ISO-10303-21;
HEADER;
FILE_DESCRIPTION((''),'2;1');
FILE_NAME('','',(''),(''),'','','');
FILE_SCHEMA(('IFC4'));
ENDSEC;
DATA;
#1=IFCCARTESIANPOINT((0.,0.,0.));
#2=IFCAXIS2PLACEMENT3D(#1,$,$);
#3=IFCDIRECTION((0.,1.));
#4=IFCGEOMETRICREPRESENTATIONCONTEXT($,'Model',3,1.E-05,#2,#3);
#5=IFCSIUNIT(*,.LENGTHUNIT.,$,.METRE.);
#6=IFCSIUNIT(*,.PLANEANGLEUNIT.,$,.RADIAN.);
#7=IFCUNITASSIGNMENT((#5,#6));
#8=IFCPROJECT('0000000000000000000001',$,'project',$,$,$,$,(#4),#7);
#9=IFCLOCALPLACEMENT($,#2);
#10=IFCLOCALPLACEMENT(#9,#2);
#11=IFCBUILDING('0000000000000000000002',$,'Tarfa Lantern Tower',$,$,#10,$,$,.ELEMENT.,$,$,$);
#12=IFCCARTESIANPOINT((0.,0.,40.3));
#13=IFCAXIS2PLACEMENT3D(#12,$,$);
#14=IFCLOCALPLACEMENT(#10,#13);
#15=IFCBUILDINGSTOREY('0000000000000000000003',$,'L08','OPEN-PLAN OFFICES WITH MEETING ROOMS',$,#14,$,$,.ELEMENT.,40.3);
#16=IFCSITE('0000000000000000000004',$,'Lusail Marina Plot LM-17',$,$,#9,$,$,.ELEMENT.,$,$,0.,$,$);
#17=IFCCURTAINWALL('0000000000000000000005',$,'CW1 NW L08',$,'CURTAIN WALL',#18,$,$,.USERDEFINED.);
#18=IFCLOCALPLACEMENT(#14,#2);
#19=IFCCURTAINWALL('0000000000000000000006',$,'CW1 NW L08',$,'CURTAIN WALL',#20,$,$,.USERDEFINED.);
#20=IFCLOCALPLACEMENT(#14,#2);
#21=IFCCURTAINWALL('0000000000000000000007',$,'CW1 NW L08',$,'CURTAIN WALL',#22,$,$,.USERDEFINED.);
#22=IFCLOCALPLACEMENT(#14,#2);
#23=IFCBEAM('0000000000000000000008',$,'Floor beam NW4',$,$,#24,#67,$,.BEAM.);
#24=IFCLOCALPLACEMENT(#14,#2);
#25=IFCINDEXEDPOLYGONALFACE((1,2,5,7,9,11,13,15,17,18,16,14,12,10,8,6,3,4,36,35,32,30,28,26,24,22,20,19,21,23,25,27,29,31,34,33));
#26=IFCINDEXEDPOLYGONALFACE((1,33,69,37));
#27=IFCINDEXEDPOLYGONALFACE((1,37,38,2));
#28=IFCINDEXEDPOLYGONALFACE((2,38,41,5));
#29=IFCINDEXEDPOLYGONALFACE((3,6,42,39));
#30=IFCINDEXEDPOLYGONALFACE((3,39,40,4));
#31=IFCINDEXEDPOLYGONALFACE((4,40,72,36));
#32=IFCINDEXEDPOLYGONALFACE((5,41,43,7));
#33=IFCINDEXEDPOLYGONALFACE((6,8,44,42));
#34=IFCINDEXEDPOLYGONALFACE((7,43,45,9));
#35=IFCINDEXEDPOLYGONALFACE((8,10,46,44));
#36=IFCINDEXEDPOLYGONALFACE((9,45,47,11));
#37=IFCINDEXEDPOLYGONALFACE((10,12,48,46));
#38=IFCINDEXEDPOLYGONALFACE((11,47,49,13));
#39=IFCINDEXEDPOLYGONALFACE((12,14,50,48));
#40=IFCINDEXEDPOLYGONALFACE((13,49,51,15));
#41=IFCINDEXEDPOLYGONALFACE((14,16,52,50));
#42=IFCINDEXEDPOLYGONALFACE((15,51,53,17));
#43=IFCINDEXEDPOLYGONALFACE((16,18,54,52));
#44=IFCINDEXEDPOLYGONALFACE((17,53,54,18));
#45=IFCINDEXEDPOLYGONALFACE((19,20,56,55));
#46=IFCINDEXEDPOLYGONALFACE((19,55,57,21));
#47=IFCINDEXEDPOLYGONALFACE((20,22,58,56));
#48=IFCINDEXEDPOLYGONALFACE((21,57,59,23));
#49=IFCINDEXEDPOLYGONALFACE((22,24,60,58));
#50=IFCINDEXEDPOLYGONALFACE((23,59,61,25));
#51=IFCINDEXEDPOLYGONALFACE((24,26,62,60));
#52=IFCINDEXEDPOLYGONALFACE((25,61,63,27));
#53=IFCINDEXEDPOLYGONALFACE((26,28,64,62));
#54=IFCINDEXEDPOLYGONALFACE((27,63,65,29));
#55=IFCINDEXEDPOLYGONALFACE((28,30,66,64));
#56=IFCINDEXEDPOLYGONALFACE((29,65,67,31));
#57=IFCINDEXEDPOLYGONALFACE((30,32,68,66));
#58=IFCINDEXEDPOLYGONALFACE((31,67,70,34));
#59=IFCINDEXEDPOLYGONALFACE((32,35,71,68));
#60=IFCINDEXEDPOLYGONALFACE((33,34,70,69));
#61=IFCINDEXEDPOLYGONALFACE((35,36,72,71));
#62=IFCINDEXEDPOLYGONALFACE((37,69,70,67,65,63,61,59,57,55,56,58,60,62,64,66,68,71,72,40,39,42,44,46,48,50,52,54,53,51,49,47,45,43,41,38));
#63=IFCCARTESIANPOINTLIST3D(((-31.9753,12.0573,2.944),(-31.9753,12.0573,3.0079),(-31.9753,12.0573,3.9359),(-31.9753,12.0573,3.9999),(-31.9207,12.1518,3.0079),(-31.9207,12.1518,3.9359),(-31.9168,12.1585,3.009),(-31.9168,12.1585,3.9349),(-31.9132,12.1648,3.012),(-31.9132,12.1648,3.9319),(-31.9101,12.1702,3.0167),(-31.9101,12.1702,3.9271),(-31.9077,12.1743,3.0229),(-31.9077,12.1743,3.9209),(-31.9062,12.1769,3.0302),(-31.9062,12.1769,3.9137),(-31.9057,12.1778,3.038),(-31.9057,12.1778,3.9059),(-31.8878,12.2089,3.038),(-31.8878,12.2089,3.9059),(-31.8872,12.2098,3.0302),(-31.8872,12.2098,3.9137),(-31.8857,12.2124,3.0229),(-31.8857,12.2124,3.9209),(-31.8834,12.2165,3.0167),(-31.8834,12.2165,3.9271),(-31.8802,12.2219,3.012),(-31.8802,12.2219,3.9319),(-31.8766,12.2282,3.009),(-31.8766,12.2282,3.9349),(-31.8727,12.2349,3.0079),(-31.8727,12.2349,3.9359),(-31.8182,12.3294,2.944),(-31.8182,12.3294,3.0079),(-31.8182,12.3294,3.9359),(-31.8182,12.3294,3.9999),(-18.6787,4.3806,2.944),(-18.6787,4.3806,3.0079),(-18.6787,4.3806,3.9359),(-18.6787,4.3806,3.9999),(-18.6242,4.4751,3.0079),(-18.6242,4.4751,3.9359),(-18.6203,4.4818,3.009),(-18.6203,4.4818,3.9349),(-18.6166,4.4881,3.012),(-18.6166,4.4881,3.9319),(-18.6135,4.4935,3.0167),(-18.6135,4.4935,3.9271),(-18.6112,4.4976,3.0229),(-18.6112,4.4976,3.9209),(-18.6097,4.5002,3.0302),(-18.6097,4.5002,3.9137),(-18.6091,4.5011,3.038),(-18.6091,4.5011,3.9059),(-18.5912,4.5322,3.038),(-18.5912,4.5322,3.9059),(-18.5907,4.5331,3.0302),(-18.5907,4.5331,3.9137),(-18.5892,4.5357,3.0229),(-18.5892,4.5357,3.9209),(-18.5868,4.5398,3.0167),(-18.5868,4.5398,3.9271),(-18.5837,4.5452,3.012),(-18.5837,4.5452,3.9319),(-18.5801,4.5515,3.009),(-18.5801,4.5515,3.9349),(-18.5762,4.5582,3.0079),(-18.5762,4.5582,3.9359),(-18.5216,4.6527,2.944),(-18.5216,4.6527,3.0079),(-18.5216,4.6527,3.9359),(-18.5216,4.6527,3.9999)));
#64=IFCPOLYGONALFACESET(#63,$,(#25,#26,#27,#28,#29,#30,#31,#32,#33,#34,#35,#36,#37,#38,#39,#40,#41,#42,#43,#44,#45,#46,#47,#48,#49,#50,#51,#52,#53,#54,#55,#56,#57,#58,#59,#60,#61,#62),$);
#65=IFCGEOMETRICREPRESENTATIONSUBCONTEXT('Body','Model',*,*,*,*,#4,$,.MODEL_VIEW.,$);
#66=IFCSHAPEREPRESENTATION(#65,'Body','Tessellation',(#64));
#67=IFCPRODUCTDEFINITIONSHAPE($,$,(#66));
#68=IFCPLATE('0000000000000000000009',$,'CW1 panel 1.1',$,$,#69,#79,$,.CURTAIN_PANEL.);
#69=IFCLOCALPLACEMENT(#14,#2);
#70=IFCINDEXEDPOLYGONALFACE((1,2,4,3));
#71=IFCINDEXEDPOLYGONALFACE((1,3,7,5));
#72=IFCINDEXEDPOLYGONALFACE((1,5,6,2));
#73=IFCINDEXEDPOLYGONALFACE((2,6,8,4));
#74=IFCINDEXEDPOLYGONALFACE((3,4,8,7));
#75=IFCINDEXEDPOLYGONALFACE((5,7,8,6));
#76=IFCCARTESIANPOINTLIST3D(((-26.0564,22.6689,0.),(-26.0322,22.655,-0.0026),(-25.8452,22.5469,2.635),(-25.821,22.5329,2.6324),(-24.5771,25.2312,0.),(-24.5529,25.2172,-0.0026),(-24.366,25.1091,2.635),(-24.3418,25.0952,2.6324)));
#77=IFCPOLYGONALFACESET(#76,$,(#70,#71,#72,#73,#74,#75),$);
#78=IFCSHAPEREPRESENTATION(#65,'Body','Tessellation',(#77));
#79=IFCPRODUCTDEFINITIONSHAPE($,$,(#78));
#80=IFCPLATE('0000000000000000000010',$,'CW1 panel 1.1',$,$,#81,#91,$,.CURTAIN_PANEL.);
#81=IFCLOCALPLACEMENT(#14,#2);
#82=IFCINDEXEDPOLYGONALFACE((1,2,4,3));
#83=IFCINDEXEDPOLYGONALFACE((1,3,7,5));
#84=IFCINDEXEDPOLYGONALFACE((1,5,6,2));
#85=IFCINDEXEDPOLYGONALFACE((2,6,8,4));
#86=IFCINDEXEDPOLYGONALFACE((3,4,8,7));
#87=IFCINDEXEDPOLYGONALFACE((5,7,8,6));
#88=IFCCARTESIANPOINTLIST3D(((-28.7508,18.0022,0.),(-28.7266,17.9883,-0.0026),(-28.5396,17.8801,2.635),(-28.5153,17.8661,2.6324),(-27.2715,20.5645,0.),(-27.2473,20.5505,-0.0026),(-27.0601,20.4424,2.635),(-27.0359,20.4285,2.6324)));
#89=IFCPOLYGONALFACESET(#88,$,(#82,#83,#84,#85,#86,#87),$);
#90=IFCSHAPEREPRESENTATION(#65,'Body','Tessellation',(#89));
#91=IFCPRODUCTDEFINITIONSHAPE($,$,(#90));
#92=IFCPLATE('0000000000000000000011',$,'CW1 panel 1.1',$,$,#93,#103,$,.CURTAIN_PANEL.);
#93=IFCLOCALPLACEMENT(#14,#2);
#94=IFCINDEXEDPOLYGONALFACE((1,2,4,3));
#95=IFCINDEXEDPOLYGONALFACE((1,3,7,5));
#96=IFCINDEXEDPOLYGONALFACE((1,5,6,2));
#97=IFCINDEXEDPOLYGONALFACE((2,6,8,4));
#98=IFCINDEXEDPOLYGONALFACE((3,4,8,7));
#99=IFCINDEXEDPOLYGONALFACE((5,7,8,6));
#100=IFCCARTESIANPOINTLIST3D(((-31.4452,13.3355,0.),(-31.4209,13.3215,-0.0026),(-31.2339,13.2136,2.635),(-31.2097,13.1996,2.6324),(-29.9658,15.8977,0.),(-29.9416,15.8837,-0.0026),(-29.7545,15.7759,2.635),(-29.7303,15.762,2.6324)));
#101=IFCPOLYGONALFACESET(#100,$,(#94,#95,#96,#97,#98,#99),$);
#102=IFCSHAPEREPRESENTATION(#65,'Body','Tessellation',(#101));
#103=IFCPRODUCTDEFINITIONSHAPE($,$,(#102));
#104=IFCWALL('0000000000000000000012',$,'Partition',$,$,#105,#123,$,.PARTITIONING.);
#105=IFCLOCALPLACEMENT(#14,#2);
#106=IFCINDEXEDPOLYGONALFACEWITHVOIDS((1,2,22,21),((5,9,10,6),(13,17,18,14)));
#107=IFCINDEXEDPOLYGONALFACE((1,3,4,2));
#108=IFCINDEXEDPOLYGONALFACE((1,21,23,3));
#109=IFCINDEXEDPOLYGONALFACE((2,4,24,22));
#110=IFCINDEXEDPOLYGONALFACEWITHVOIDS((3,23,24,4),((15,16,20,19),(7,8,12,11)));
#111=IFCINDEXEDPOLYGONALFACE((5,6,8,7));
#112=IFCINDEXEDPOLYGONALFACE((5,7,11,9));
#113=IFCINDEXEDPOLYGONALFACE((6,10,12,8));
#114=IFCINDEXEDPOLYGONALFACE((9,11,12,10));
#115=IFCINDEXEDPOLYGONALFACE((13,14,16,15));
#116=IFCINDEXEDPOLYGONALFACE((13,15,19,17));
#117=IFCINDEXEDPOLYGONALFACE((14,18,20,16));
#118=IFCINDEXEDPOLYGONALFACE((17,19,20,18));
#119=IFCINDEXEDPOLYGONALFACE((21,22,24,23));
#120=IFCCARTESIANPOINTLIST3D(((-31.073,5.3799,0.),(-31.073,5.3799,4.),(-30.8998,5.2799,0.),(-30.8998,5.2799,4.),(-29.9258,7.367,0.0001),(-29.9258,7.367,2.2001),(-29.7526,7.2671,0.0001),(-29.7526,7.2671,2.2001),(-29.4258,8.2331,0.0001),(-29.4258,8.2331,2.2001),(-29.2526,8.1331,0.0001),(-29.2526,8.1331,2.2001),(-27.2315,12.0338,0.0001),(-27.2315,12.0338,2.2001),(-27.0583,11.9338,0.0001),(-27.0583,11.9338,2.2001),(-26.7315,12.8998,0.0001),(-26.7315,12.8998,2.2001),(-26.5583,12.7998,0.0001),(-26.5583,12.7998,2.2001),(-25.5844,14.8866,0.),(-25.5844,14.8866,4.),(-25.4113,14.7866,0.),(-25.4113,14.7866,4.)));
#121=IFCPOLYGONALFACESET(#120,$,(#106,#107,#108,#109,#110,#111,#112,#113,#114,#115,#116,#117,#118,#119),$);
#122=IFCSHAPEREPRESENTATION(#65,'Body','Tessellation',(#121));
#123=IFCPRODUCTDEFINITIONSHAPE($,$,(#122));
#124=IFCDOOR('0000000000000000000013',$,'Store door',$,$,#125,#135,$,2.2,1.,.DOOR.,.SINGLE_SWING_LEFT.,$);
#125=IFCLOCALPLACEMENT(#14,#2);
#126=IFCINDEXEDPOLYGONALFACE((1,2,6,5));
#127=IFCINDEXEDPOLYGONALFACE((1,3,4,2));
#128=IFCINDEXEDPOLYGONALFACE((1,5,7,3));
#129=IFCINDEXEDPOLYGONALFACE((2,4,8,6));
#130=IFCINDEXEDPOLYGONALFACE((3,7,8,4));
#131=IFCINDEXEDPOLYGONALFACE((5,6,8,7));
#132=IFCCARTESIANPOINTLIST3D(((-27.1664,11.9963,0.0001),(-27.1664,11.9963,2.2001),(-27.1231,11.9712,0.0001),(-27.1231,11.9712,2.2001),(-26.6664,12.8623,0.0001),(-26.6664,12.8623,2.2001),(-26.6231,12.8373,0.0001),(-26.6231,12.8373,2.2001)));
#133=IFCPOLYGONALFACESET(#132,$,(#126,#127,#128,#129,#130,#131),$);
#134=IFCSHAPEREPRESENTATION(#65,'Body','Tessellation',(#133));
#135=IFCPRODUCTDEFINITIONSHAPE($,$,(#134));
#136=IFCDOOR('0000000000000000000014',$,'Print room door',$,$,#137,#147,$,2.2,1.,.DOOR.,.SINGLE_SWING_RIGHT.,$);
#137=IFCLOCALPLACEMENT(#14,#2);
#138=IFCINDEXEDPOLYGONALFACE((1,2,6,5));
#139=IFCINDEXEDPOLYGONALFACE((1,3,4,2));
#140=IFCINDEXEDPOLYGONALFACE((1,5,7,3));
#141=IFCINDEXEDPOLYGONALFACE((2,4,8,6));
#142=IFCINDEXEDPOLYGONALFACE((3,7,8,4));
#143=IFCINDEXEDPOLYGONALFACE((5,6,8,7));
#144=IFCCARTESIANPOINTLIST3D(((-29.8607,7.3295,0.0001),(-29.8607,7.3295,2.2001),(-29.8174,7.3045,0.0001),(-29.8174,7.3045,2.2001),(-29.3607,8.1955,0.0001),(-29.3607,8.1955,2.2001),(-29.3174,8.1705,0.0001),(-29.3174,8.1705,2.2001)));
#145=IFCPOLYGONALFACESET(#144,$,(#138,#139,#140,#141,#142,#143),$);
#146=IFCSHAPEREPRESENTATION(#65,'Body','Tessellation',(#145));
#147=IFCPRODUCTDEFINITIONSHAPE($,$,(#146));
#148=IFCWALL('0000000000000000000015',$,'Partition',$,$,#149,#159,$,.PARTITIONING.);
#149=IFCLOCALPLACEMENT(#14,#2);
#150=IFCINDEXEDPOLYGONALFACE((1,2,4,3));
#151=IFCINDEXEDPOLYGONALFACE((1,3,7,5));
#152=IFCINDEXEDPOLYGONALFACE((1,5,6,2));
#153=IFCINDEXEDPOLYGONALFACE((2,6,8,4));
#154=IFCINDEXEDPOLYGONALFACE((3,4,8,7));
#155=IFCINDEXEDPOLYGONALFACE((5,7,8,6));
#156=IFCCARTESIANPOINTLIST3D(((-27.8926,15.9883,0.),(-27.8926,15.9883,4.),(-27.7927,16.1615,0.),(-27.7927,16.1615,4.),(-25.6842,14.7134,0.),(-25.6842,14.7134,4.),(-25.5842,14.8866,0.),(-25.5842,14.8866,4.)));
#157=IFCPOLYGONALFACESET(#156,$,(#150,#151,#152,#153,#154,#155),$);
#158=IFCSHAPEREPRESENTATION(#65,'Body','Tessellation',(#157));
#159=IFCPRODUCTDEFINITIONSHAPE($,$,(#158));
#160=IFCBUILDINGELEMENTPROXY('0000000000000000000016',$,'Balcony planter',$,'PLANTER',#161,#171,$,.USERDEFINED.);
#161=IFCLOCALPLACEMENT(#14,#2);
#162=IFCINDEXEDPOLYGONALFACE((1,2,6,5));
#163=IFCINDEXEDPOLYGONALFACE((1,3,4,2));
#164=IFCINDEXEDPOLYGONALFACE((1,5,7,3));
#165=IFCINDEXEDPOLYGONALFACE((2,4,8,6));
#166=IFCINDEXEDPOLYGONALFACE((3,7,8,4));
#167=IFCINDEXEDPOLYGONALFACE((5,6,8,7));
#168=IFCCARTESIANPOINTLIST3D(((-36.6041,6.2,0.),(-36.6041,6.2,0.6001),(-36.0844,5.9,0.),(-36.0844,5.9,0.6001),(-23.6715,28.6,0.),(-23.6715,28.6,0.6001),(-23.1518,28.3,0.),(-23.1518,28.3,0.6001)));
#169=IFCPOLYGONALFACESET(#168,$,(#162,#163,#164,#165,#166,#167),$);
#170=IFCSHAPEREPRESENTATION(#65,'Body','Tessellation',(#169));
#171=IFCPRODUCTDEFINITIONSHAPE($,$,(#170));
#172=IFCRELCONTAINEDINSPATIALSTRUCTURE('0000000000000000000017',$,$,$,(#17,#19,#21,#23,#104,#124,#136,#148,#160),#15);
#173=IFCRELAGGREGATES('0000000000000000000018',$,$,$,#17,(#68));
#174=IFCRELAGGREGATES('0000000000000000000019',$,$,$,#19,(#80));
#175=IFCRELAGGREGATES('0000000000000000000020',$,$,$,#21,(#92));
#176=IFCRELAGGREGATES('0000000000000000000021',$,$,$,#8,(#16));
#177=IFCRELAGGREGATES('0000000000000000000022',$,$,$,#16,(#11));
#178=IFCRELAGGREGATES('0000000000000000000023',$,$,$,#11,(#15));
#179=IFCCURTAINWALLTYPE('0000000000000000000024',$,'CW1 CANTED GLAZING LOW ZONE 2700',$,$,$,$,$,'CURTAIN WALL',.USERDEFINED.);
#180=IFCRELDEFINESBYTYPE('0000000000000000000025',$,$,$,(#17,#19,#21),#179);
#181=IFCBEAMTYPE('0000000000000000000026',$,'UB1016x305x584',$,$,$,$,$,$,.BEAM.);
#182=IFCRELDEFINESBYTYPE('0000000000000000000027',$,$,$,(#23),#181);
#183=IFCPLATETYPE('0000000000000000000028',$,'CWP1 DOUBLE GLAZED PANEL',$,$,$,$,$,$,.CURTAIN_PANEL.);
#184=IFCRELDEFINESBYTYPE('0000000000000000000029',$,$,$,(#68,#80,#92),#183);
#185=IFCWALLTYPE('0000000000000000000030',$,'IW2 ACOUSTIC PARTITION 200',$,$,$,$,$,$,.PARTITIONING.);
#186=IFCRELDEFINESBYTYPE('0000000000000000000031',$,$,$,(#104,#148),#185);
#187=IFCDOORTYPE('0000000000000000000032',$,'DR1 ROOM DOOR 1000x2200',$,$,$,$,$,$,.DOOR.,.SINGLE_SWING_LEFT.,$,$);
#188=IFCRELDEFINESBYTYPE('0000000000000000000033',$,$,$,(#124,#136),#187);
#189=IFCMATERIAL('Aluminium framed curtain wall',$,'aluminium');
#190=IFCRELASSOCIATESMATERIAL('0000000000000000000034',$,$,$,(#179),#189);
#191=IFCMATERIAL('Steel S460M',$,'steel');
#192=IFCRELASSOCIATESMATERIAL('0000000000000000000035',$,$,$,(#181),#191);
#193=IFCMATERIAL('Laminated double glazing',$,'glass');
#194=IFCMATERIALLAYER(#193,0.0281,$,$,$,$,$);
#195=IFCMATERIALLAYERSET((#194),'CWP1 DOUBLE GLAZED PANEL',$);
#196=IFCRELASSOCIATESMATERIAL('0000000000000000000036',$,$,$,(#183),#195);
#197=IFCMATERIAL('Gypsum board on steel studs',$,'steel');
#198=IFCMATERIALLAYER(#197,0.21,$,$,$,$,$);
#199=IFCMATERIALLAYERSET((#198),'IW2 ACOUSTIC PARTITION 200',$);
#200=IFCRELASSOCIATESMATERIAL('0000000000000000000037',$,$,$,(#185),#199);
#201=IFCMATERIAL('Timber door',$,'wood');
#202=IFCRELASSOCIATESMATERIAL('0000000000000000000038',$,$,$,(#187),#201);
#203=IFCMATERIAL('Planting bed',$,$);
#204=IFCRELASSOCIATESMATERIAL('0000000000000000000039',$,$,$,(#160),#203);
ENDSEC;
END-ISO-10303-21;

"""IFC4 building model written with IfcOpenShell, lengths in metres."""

from ifc_helpers import new_model, si_unit, direction, frame, frame_2d, origin, origin_2d, place, context, subcontext, project, spatial, polyline, rectangle, i_section, outline, extrude, material, layer, layer_set, material_profile, profile_set, type_object, element, fill, aggregate, save


model = new_model("IFC4")

# Units and contexts
model_context = context("Model", 3, precision=1e-05, world=origin(), true_north=direction((0.0, 1.0)))
body_context = subcontext(model_context, "Body", "Model", "MODEL_VIEW")
ifc_project = project(units=[si_unit("LENGTHUNIT", "METRE"), si_unit("PLANEANGLEUNIT", "RADIAN")], contexts=[model_context])

# Site, building, storey
site_placement = place(None, origin())
site = spatial("IfcSite", under=ifc_project, at=site_placement, Name="Lusail Marina Plot LM-17", CompositionType="ELEMENT", RefElevation=0.0)
building_placement = place(site_placement, origin())
building = spatial("IfcBuilding", under=site, at=building_placement, Name="Tarfa Lantern Tower", CompositionType="ELEMENT")
storey_placement = place(building_placement, frame((0.0, 0.0, 40.3)))
storey = spatial("IfcBuildingStorey", under=building, at=storey_placement, Name="L08", Description="OPEN-PLAN OFFICES WITH MEETING ROOMS", CompositionType="ELEMENT", Elevation=40.3)

# Curtain walls
ifc_material_1 = material(Name="Aluminium framed curtain wall", Category="aluminium")
curtain_wall_type = type_object("IfcCurtainWallType", Name="CW1 CANTED GLAZING LOW ZONE 2700", ElementType="CURTAIN WALL", PredefinedType="USERDEFINED", material=ifc_material_1)
curtain_wall_1_placement = place(storey_placement, origin())
curtain_wall_1 = element("IfcCurtainWall", 1, at=curtain_wall_1_placement, inside=storey, type_object=curtain_wall_type, Name="CW1 NW L08", ObjectType="CURTAIN WALL", PredefinedType="USERDEFINED")
curtain_wall_2_placement = place(storey_placement, origin())
curtain_wall_2 = element("IfcCurtainWall", 2, at=curtain_wall_2_placement, inside=storey, type_object=curtain_wall_type, Name="CW1 NW L08", ObjectType="CURTAIN WALL", PredefinedType="USERDEFINED")
curtain_wall_3_placement = place(storey_placement, origin())
curtain_wall_3 = element("IfcCurtainWall", 3, at=curtain_wall_3_placement, inside=storey, type_object=curtain_wall_type, Name="CW1 NW L08", ObjectType="CURTAIN WALL", PredefinedType="USERDEFINED")

# Beam
ifc_material_2 = material(Name="Steel S460M", Category="steel")
ifc_material_profile_1 = material_profile(ifc_material_2, i_section(OverallWidth=0.3142, OverallDepth=1.0559, WebThickness=0.0359, FlangeThickness=0.064, FilletRadius=0.03, at=origin_2d()), Name="UB1016x305x584")
ifc_profile_set_1 = profile_set([ifc_material_profile_1], Name="Steel S460M")
beam_type_1 = type_object("IfcBeamType", Name="UB1016x305x584", PredefinedType="BEAM", material=ifc_profile_set_1)
beam_1_placement = place(storey_placement, frame((-31.8967, 12.1934, 3.4719), z_axis=(0.866027, -0.499997, 0.0), x_axis=(0.499997, 0.866027, 0.0)))
element("IfcBeam", 4, at=beam_1_placement, inside=storey, type_object=beam_type_1, Name="Floor beam NW4", PredefinedType="BEAM", context=body_context, shape_type="SweptSolid", body=[
    extrude(i_section(OverallWidth=0.3142, OverallDepth=1.0559, WebThickness=0.0359, FlangeThickness=0.064, FilletRadius=0.03, at=origin_2d()), origin(), (0.0, 0.0, 1.0), 15.3535),
])

# Plates
ifc_material_3 = material(Name="Laminated double glazing", Category="glass")
ifc_layer_1 = layer(ifc_material_3, 0.0281)
ifc_layer_set_1 = layer_set([ifc_layer_1], Name="CWP1 DOUBLE GLAZED PANEL")
plate_type = type_object("IfcPlateType", Name="CWP1 DOUBLE GLAZED PANEL", PredefinedType="CURTAIN_PANEL", material=ifc_layer_set_1)
plate_1_placement = place(storey_placement, frame((-24.5771, 25.2312, 0.0), z_axis=(-0.862349, 0.497853, 0.092176), x_axis=(-0.499982, -0.866036, 0.0)))
plate_1 = element("IfcPlate", 5, at=plate_1_placement, type_object=plate_type, Name="CW1 panel 1.1", PredefinedType="CURTAIN_PANEL", context=body_context, shape_type="SweptSolid", body=[
    extrude(outline(polyline([(0.0, 0.0), (2.9586, 0.0), (2.9587, 2.6463), (0.0001, 2.6463), (0.0, 0.0)])), origin(), (0.0, 0.0, -1.0), 0.0281),
])
aggregate(curtain_wall_1, [plate_1])
plate_2_placement = place(storey_placement, frame((-27.2715, 20.5645, 0.0), z_axis=(-0.862328, 0.497882, 0.092216), x_axis=(-0.500013, -0.866018, 0.000003)))
plate_2 = element("IfcPlate", 6, at=plate_2_placement, type_object=plate_type, Name="CW1 panel 1.1", PredefinedType="CURTAIN_PANEL", context=body_context, shape_type="SweptSolid", body=[
    extrude(outline(polyline([(0.0, 0.0), (2.9586, 0.0), (2.9587, 2.6463), (0.0, 2.6463), (0.0, 0.0)])), origin(), (0.0, 0.0, -1.0), 0.0281),
])
aggregate(curtain_wall_2, [plate_2])
plate_3_placement = place(storey_placement, frame((-29.9658, 15.8977, 0.0), z_axis=(-0.862332, 0.497885, 0.09217), x_axis=(-0.500013, -0.866018, 0.000003)))
plate_3 = element("IfcPlate", 7, at=plate_3_placement, type_object=plate_type, Name="CW1 panel 1.1", PredefinedType="CURTAIN_PANEL", context=body_context, shape_type="SweptSolid", body=[
    extrude(outline(polyline([(0.0, 0.0), (2.9586, 0.0), (2.9585, 2.6463), (-0.0002, 2.6463), (0.0, 0.0)])), origin(), (0.0, 0.0, -1.0), 0.0281),
])
aggregate(curtain_wall_3, [plate_3])

# Wall, openings, doors
ifc_material_4 = material(Name="Gypsum board on steel studs", Category="steel")
ifc_layer_2 = layer(ifc_material_4, 0.21)
ifc_layer_set_2 = layer_set([ifc_layer_2], Name="IW2 ACOUSTIC PARTITION 200")
wall_type = type_object("IfcWallType", Name="IW2 ACOUSTIC PARTITION 200", PredefinedType="PARTITIONING", material=ifc_layer_set_2)
wall_1_placement = place(storey_placement, frame((-25.4978, 14.8367, 0.0), z_axis=(0.0, 0.0, 1.0), x_axis=(-0.499993, -0.86603, 0.0)))
wall_1 = element("IfcWall", 8, at=wall_1_placement, inside=storey, type_object=wall_type, Name="Partition", PredefinedType="PARTITIONING", context=body_context, shape_type="SweptSolid", body=[
    extrude(rectangle(XDim=10.9773, YDim=0.2, at=frame_2d((5.4888, 0.0))), origin(), (0.0, 0.0, 1.0), 4.0),
])
opening_1_placement = place(wall_1_placement, frame((2.2942, 0.0, 0.0)))
opening_1 = element("IfcOpeningElement", 9, at=opening_1_placement, cuts=wall_1, PredefinedType="OPENING", context=body_context, shape_type="SweptSolid", body=[
    extrude(rectangle(XDim=1.0, YDim=2.2, at=frame_2d((0.5, 1.1001))), frame((0.0, 0.1099, 0.0), z_axis=(0.0, -1.0, 0.0), x_axis=(1.0, 0.0, 0.0)), (0.0, 0.0, 1.0), 0.22),
])
opening_2_placement = place(wall_1_placement, frame((7.6829, 0.0, 0.0)))
opening_2 = element("IfcOpeningElement", 10, at=opening_2_placement, cuts=wall_1, PredefinedType="OPENING", context=body_context, shape_type="SweptSolid", body=[
    extrude(rectangle(XDim=1.0, YDim=2.2, at=frame_2d((0.5, 1.1001))), frame((0.0, 0.1099, 0.0), z_axis=(0.0, -1.0, 0.0), x_axis=(1.0, 0.0, 0.0)), (0.0, 0.0, 1.0), 0.22),
])
ifc_material_5 = material(Name="Timber door", Category="wood")
door_type = type_object("IfcDoorType", Name="DR1 ROOM DOOR 1000x2200", OperationType="SINGLE_SWING_LEFT", PredefinedType="DOOR", material=ifc_material_5)
door_1_placement = place(opening_1_placement, frame((1.0, 0.0, 0.0), z_axis=(0.0, 0.0, 1.0), x_axis=(-1.0, 0.0, 0.0)))
door_1 = element("IfcDoor", 11, at=door_1_placement, inside=storey, type_object=door_type, Name="Store door", OperationType="SINGLE_SWING_LEFT", OverallHeight=2.2, OverallWidth=1.0, PredefinedType="DOOR", context=body_context, shape_type="SweptSolid", body=[
    extrude(rectangle(XDim=1.0, YDim=2.2, at=frame_2d((0.5, 1.1001))), frame((0.0, 0.0249, 0.0), z_axis=(0.0, -1.0, 0.0), x_axis=(1.0, 0.0, 0.0)), (0.0, 0.0, 1.0), 0.05),
])
fill(opening_1, door_1)
door_2_placement = place(opening_2_placement, frame((1.0, 0.0, 0.0), z_axis=(0.0, 0.0, 1.0), x_axis=(-1.0, 0.0, 0.0)))
door_2 = element("IfcDoor", 12, at=door_2_placement, inside=storey, type_object=door_type, Name="Print room door", OperationType="SINGLE_SWING_RIGHT", OverallHeight=2.2, OverallWidth=1.0, PredefinedType="DOOR", context=body_context, shape_type="SweptSolid", body=[
    extrude(rectangle(XDim=1.0, YDim=2.2, at=frame_2d((0.5, 1.1001))), frame((0.0, 0.0249, 0.0), z_axis=(0.0, -1.0, 0.0), x_axis=(1.0, 0.0, 0.0)), (0.0, 0.0, 1.0), 0.05),
])
fill(opening_2, door_2)

# Wall
wall_2_placement = place(storey_placement, frame((-25.6343, 14.8, 0.0), z_axis=(0.0, 0.0, 1.0), x_axis=(-0.866055, 0.499949, 0.0)))
element("IfcWall", 13, at=wall_2_placement, inside=storey, type_object=wall_type, Name="Partition", PredefinedType="PARTITIONING", context=body_context, shape_type="SweptSolid", body=[
    extrude(rectangle(XDim=2.55, YDim=0.2, at=frame_2d((1.2749, 0.0))), origin(), (0.0, 0.0, 1.0), 4.0),
])

# Building element proxy
ifc_material_6 = material(Name="Planting bed")
proxy_placement = place(storey_placement, frame((-29.8779, 17.25, 0.0), z_axis=(0.0, 0.0, 1.0), x_axis=(-0.5, -0.866025, 0.0)))
element("IfcBuildingElementProxy", 14, at=proxy_placement, inside=storey, material=ifc_material_6, Name="Balcony planter", ObjectType="PLANTER", PredefinedType="USERDEFINED", context=body_context, shape_type="SweptSolid", body=[
    extrude(rectangle(XDim=25.8652, YDim=0.6001, at=origin_2d()), origin(), (0.0, 0.0, 1.0), 0.6001),
])

save(model, "model.ifc")
